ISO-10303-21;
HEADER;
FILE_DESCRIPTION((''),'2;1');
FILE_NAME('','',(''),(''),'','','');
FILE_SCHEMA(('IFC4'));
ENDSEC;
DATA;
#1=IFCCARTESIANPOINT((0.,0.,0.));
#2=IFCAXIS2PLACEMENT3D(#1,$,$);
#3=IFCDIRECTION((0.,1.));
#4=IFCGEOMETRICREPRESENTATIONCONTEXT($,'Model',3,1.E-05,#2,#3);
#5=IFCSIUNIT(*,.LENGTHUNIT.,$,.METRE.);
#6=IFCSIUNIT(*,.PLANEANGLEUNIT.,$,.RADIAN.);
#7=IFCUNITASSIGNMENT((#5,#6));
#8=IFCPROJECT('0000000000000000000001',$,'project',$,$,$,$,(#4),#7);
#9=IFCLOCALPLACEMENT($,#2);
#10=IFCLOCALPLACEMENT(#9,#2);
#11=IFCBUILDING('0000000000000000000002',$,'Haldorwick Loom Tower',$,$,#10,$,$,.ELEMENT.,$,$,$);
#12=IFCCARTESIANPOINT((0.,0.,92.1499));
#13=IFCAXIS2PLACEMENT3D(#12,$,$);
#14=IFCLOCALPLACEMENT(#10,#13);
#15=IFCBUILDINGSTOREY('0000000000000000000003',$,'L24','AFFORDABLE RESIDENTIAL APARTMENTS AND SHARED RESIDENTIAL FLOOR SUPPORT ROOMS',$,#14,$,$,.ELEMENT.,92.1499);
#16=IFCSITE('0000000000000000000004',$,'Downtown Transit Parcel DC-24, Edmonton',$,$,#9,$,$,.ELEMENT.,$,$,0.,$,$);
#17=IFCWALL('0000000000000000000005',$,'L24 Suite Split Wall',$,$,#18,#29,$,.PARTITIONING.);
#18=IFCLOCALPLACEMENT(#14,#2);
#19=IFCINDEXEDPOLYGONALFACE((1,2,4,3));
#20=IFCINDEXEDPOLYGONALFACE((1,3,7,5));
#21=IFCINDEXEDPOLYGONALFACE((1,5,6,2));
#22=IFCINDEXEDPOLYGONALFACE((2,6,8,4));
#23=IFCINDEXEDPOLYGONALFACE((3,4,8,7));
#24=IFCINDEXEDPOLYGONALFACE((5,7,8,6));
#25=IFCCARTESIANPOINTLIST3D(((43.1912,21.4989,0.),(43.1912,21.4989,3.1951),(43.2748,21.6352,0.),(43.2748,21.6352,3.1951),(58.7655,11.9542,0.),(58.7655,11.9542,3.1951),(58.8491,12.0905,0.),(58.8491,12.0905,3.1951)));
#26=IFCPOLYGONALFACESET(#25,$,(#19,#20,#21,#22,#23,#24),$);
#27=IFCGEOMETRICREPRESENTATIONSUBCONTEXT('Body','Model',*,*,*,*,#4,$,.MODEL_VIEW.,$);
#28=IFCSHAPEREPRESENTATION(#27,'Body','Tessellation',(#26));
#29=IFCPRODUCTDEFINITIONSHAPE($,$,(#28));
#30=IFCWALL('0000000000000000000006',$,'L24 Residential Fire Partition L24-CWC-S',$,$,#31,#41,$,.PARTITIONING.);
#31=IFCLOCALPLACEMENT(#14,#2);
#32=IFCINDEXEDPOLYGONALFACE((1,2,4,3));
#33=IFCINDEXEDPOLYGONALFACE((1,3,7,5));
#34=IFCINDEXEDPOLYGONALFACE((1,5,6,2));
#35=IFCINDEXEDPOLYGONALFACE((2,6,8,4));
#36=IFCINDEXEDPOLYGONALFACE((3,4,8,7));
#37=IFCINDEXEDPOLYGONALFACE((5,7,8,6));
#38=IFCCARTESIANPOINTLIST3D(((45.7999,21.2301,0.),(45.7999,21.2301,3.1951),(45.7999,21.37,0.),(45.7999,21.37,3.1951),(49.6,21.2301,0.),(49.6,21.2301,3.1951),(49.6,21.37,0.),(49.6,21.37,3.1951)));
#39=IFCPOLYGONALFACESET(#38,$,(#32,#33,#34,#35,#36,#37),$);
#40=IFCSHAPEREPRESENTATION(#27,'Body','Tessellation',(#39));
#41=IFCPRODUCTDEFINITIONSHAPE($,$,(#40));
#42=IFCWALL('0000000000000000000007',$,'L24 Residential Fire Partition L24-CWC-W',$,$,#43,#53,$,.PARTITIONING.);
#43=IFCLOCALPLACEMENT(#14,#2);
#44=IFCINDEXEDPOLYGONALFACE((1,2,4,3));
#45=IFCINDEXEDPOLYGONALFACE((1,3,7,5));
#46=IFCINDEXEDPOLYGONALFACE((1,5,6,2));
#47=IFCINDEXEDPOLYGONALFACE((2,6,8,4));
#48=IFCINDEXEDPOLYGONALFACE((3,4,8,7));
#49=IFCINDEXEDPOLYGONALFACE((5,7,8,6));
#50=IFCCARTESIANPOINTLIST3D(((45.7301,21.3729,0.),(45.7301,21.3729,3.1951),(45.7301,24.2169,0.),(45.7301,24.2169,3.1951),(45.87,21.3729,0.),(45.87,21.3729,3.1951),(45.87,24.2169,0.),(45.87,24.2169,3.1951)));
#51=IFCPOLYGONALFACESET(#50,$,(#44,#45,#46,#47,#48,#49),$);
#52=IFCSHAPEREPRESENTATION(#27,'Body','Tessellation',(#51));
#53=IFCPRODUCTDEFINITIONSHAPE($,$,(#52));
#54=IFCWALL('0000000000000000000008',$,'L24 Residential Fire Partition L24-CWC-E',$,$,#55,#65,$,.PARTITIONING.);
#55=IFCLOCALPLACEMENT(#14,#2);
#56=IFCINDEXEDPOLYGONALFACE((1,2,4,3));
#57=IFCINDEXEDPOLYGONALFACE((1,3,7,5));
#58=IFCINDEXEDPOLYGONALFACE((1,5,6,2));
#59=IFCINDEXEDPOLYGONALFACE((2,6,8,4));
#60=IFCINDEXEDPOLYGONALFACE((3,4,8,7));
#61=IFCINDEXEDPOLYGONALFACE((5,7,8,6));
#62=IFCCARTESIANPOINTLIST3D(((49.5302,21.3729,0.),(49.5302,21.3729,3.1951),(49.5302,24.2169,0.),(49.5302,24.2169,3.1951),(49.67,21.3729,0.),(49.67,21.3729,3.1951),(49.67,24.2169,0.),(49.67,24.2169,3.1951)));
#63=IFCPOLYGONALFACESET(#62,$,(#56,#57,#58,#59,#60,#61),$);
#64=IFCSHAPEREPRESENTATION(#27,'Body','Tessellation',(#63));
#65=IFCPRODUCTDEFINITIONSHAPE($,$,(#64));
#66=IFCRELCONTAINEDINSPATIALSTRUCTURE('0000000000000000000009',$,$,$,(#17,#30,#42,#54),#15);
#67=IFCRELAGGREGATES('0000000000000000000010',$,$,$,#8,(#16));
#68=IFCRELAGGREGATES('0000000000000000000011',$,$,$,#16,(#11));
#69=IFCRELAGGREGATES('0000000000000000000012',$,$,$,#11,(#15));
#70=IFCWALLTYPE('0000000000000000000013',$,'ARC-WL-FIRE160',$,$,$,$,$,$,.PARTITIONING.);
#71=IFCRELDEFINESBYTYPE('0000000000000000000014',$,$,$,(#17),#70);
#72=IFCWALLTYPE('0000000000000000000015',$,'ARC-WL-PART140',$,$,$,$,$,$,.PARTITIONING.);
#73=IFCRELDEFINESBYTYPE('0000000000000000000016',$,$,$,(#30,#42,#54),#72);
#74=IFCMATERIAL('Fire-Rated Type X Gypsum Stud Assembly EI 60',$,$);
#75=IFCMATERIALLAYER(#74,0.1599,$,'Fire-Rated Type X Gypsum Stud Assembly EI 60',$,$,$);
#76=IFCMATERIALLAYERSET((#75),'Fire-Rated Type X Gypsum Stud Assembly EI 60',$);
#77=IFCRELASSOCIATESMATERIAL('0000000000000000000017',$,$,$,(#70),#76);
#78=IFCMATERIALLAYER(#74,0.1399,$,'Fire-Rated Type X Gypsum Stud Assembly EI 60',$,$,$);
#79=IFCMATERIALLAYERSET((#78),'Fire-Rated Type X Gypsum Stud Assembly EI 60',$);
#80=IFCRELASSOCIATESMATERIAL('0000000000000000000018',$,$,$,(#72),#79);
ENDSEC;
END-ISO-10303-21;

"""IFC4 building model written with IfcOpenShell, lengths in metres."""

from ifc_helpers import new_model, si_unit, direction, frame, frame_2d, origin, place, context, subcontext, project, spatial, rectangle, extrude, material, layer, layer_set, type_object, element, save


model = new_model("IFC4")

# Units and contexts
model_context = context("Model", 3, precision=1e-05, world=origin(), true_north=direction((0.0, 1.0)))
body_context = subcontext(model_context, "Body", "Model", "MODEL_VIEW")
ifc_project = project(units=[si_unit("LENGTHUNIT", "METRE"), si_unit("PLANEANGLEUNIT", "RADIAN")], contexts=[model_context])

# Site, building, storey
site_placement = place(None, origin())
site = spatial("IfcSite", under=ifc_project, at=site_placement, Name="Downtown Transit Parcel DC-24, Edmonton", CompositionType="ELEMENT", RefElevation=0.0)
building_placement = place(site_placement, origin())
building = spatial("IfcBuilding", under=site, at=building_placement, Name="Haldorwick Loom Tower", CompositionType="ELEMENT")
storey_placement = place(building_placement, frame((0.0, 0.0, 92.1499)))
storey = spatial("IfcBuildingStorey", under=building, at=storey_placement, Name="L24", Description="AFFORDABLE RESIDENTIAL APARTMENTS AND SHARED RESIDENTIAL FLOOR SUPPORT ROOMS", CompositionType="ELEMENT", Elevation=92.1499)

# Shared definitions
ifc_material_1 = material(Name="Fire-Rated Type X Gypsum Stud Assembly EI 60")
ifc_layer_1 = layer(ifc_material_1, 0.1599, Name="Fire-Rated Type X Gypsum Stud Assembly EI 60")
ifc_layer_set_1 = layer_set([ifc_layer_1], Name="Fire-Rated Type X Gypsum Stud Assembly EI 60")
wall_type_1 = type_object("IfcWallType", Name="ARC-WL-FIRE160", PredefinedType="PARTITIONING", material=ifc_layer_set_1)

# Walls
wall_1_placement = place(storey_placement, frame((43.2329, 21.5671, 0.0), z_axis=(0.0, 0.0, 1.0), x_axis=(0.852621, -0.52253, 0.0)))
element("IfcWall", 1, at=wall_1_placement, inside=storey, type_object=wall_type_1, Name="L24 Suite Split Wall", PredefinedType="PARTITIONING", context=body_context, shape_type="SweptSolid", body=[
    extrude(rectangle(XDim=18.2664, YDim=0.1599, at=frame_2d((9.1333, 0.0))), origin(), (0.0, 0.0, 1.0), 3.1951),
])
ifc_layer_2 = layer(ifc_material_1, 0.1399, Name="Fire-Rated Type X Gypsum Stud Assembly EI 60")
ifc_layer_set_2 = layer_set([ifc_layer_2], Name="Fire-Rated Type X Gypsum Stud Assembly EI 60")
wall_type_2 = type_object("IfcWallType", Name="ARC-WL-PART140", PredefinedType="PARTITIONING", material=ifc_layer_set_2)
wall_2_placement = place(storey_placement, frame((45.8, 21.3, 0.0), z_axis=(0.0, 0.0, 1.0), x_axis=(1.0, 0.0, 0.0)))
element("IfcWall", 2, at=wall_2_placement, inside=storey, type_object=wall_type_2, Name="L24 Residential Fire Partition L24-CWC-S", PredefinedType="PARTITIONING", context=body_context, shape_type="SweptSolid", body=[
    extrude(rectangle(XDim=3.8, YDim=0.1399, at=frame_2d((1.8999, 0.0))), origin(), (0.0, 0.0, 1.0), 3.1951),
])
for number, where, z_axis, x_axis, name in (
    (3, (45.8, 21.373, 0.0), (0.0, 0.0, 1.0), (0.0, 1.0, 0.0), "L24 Residential Fire Partition L24-CWC-W"),
    (4, (49.6001, 21.373, 0.0), (0.0, 0.0, 1.0), (0.0, 1.0, 0.0), "L24 Residential Fire Partition L24-CWC-E"),
):
    element("IfcWall", number, at=place(storey_placement, frame(where, z_axis=z_axis, x_axis=x_axis)), inside=storey, type_object=wall_type_2, Name=name, PredefinedType="PARTITIONING", context=body_context, shape_type="SweptSolid", body=[
        extrude(rectangle(XDim=2.844, YDim=0.1399, at=frame_2d((1.4219, 0.0))), origin(), (0.0, 0.0, 1.0), 3.1951),
    ])

save(model, "model.ifc")
